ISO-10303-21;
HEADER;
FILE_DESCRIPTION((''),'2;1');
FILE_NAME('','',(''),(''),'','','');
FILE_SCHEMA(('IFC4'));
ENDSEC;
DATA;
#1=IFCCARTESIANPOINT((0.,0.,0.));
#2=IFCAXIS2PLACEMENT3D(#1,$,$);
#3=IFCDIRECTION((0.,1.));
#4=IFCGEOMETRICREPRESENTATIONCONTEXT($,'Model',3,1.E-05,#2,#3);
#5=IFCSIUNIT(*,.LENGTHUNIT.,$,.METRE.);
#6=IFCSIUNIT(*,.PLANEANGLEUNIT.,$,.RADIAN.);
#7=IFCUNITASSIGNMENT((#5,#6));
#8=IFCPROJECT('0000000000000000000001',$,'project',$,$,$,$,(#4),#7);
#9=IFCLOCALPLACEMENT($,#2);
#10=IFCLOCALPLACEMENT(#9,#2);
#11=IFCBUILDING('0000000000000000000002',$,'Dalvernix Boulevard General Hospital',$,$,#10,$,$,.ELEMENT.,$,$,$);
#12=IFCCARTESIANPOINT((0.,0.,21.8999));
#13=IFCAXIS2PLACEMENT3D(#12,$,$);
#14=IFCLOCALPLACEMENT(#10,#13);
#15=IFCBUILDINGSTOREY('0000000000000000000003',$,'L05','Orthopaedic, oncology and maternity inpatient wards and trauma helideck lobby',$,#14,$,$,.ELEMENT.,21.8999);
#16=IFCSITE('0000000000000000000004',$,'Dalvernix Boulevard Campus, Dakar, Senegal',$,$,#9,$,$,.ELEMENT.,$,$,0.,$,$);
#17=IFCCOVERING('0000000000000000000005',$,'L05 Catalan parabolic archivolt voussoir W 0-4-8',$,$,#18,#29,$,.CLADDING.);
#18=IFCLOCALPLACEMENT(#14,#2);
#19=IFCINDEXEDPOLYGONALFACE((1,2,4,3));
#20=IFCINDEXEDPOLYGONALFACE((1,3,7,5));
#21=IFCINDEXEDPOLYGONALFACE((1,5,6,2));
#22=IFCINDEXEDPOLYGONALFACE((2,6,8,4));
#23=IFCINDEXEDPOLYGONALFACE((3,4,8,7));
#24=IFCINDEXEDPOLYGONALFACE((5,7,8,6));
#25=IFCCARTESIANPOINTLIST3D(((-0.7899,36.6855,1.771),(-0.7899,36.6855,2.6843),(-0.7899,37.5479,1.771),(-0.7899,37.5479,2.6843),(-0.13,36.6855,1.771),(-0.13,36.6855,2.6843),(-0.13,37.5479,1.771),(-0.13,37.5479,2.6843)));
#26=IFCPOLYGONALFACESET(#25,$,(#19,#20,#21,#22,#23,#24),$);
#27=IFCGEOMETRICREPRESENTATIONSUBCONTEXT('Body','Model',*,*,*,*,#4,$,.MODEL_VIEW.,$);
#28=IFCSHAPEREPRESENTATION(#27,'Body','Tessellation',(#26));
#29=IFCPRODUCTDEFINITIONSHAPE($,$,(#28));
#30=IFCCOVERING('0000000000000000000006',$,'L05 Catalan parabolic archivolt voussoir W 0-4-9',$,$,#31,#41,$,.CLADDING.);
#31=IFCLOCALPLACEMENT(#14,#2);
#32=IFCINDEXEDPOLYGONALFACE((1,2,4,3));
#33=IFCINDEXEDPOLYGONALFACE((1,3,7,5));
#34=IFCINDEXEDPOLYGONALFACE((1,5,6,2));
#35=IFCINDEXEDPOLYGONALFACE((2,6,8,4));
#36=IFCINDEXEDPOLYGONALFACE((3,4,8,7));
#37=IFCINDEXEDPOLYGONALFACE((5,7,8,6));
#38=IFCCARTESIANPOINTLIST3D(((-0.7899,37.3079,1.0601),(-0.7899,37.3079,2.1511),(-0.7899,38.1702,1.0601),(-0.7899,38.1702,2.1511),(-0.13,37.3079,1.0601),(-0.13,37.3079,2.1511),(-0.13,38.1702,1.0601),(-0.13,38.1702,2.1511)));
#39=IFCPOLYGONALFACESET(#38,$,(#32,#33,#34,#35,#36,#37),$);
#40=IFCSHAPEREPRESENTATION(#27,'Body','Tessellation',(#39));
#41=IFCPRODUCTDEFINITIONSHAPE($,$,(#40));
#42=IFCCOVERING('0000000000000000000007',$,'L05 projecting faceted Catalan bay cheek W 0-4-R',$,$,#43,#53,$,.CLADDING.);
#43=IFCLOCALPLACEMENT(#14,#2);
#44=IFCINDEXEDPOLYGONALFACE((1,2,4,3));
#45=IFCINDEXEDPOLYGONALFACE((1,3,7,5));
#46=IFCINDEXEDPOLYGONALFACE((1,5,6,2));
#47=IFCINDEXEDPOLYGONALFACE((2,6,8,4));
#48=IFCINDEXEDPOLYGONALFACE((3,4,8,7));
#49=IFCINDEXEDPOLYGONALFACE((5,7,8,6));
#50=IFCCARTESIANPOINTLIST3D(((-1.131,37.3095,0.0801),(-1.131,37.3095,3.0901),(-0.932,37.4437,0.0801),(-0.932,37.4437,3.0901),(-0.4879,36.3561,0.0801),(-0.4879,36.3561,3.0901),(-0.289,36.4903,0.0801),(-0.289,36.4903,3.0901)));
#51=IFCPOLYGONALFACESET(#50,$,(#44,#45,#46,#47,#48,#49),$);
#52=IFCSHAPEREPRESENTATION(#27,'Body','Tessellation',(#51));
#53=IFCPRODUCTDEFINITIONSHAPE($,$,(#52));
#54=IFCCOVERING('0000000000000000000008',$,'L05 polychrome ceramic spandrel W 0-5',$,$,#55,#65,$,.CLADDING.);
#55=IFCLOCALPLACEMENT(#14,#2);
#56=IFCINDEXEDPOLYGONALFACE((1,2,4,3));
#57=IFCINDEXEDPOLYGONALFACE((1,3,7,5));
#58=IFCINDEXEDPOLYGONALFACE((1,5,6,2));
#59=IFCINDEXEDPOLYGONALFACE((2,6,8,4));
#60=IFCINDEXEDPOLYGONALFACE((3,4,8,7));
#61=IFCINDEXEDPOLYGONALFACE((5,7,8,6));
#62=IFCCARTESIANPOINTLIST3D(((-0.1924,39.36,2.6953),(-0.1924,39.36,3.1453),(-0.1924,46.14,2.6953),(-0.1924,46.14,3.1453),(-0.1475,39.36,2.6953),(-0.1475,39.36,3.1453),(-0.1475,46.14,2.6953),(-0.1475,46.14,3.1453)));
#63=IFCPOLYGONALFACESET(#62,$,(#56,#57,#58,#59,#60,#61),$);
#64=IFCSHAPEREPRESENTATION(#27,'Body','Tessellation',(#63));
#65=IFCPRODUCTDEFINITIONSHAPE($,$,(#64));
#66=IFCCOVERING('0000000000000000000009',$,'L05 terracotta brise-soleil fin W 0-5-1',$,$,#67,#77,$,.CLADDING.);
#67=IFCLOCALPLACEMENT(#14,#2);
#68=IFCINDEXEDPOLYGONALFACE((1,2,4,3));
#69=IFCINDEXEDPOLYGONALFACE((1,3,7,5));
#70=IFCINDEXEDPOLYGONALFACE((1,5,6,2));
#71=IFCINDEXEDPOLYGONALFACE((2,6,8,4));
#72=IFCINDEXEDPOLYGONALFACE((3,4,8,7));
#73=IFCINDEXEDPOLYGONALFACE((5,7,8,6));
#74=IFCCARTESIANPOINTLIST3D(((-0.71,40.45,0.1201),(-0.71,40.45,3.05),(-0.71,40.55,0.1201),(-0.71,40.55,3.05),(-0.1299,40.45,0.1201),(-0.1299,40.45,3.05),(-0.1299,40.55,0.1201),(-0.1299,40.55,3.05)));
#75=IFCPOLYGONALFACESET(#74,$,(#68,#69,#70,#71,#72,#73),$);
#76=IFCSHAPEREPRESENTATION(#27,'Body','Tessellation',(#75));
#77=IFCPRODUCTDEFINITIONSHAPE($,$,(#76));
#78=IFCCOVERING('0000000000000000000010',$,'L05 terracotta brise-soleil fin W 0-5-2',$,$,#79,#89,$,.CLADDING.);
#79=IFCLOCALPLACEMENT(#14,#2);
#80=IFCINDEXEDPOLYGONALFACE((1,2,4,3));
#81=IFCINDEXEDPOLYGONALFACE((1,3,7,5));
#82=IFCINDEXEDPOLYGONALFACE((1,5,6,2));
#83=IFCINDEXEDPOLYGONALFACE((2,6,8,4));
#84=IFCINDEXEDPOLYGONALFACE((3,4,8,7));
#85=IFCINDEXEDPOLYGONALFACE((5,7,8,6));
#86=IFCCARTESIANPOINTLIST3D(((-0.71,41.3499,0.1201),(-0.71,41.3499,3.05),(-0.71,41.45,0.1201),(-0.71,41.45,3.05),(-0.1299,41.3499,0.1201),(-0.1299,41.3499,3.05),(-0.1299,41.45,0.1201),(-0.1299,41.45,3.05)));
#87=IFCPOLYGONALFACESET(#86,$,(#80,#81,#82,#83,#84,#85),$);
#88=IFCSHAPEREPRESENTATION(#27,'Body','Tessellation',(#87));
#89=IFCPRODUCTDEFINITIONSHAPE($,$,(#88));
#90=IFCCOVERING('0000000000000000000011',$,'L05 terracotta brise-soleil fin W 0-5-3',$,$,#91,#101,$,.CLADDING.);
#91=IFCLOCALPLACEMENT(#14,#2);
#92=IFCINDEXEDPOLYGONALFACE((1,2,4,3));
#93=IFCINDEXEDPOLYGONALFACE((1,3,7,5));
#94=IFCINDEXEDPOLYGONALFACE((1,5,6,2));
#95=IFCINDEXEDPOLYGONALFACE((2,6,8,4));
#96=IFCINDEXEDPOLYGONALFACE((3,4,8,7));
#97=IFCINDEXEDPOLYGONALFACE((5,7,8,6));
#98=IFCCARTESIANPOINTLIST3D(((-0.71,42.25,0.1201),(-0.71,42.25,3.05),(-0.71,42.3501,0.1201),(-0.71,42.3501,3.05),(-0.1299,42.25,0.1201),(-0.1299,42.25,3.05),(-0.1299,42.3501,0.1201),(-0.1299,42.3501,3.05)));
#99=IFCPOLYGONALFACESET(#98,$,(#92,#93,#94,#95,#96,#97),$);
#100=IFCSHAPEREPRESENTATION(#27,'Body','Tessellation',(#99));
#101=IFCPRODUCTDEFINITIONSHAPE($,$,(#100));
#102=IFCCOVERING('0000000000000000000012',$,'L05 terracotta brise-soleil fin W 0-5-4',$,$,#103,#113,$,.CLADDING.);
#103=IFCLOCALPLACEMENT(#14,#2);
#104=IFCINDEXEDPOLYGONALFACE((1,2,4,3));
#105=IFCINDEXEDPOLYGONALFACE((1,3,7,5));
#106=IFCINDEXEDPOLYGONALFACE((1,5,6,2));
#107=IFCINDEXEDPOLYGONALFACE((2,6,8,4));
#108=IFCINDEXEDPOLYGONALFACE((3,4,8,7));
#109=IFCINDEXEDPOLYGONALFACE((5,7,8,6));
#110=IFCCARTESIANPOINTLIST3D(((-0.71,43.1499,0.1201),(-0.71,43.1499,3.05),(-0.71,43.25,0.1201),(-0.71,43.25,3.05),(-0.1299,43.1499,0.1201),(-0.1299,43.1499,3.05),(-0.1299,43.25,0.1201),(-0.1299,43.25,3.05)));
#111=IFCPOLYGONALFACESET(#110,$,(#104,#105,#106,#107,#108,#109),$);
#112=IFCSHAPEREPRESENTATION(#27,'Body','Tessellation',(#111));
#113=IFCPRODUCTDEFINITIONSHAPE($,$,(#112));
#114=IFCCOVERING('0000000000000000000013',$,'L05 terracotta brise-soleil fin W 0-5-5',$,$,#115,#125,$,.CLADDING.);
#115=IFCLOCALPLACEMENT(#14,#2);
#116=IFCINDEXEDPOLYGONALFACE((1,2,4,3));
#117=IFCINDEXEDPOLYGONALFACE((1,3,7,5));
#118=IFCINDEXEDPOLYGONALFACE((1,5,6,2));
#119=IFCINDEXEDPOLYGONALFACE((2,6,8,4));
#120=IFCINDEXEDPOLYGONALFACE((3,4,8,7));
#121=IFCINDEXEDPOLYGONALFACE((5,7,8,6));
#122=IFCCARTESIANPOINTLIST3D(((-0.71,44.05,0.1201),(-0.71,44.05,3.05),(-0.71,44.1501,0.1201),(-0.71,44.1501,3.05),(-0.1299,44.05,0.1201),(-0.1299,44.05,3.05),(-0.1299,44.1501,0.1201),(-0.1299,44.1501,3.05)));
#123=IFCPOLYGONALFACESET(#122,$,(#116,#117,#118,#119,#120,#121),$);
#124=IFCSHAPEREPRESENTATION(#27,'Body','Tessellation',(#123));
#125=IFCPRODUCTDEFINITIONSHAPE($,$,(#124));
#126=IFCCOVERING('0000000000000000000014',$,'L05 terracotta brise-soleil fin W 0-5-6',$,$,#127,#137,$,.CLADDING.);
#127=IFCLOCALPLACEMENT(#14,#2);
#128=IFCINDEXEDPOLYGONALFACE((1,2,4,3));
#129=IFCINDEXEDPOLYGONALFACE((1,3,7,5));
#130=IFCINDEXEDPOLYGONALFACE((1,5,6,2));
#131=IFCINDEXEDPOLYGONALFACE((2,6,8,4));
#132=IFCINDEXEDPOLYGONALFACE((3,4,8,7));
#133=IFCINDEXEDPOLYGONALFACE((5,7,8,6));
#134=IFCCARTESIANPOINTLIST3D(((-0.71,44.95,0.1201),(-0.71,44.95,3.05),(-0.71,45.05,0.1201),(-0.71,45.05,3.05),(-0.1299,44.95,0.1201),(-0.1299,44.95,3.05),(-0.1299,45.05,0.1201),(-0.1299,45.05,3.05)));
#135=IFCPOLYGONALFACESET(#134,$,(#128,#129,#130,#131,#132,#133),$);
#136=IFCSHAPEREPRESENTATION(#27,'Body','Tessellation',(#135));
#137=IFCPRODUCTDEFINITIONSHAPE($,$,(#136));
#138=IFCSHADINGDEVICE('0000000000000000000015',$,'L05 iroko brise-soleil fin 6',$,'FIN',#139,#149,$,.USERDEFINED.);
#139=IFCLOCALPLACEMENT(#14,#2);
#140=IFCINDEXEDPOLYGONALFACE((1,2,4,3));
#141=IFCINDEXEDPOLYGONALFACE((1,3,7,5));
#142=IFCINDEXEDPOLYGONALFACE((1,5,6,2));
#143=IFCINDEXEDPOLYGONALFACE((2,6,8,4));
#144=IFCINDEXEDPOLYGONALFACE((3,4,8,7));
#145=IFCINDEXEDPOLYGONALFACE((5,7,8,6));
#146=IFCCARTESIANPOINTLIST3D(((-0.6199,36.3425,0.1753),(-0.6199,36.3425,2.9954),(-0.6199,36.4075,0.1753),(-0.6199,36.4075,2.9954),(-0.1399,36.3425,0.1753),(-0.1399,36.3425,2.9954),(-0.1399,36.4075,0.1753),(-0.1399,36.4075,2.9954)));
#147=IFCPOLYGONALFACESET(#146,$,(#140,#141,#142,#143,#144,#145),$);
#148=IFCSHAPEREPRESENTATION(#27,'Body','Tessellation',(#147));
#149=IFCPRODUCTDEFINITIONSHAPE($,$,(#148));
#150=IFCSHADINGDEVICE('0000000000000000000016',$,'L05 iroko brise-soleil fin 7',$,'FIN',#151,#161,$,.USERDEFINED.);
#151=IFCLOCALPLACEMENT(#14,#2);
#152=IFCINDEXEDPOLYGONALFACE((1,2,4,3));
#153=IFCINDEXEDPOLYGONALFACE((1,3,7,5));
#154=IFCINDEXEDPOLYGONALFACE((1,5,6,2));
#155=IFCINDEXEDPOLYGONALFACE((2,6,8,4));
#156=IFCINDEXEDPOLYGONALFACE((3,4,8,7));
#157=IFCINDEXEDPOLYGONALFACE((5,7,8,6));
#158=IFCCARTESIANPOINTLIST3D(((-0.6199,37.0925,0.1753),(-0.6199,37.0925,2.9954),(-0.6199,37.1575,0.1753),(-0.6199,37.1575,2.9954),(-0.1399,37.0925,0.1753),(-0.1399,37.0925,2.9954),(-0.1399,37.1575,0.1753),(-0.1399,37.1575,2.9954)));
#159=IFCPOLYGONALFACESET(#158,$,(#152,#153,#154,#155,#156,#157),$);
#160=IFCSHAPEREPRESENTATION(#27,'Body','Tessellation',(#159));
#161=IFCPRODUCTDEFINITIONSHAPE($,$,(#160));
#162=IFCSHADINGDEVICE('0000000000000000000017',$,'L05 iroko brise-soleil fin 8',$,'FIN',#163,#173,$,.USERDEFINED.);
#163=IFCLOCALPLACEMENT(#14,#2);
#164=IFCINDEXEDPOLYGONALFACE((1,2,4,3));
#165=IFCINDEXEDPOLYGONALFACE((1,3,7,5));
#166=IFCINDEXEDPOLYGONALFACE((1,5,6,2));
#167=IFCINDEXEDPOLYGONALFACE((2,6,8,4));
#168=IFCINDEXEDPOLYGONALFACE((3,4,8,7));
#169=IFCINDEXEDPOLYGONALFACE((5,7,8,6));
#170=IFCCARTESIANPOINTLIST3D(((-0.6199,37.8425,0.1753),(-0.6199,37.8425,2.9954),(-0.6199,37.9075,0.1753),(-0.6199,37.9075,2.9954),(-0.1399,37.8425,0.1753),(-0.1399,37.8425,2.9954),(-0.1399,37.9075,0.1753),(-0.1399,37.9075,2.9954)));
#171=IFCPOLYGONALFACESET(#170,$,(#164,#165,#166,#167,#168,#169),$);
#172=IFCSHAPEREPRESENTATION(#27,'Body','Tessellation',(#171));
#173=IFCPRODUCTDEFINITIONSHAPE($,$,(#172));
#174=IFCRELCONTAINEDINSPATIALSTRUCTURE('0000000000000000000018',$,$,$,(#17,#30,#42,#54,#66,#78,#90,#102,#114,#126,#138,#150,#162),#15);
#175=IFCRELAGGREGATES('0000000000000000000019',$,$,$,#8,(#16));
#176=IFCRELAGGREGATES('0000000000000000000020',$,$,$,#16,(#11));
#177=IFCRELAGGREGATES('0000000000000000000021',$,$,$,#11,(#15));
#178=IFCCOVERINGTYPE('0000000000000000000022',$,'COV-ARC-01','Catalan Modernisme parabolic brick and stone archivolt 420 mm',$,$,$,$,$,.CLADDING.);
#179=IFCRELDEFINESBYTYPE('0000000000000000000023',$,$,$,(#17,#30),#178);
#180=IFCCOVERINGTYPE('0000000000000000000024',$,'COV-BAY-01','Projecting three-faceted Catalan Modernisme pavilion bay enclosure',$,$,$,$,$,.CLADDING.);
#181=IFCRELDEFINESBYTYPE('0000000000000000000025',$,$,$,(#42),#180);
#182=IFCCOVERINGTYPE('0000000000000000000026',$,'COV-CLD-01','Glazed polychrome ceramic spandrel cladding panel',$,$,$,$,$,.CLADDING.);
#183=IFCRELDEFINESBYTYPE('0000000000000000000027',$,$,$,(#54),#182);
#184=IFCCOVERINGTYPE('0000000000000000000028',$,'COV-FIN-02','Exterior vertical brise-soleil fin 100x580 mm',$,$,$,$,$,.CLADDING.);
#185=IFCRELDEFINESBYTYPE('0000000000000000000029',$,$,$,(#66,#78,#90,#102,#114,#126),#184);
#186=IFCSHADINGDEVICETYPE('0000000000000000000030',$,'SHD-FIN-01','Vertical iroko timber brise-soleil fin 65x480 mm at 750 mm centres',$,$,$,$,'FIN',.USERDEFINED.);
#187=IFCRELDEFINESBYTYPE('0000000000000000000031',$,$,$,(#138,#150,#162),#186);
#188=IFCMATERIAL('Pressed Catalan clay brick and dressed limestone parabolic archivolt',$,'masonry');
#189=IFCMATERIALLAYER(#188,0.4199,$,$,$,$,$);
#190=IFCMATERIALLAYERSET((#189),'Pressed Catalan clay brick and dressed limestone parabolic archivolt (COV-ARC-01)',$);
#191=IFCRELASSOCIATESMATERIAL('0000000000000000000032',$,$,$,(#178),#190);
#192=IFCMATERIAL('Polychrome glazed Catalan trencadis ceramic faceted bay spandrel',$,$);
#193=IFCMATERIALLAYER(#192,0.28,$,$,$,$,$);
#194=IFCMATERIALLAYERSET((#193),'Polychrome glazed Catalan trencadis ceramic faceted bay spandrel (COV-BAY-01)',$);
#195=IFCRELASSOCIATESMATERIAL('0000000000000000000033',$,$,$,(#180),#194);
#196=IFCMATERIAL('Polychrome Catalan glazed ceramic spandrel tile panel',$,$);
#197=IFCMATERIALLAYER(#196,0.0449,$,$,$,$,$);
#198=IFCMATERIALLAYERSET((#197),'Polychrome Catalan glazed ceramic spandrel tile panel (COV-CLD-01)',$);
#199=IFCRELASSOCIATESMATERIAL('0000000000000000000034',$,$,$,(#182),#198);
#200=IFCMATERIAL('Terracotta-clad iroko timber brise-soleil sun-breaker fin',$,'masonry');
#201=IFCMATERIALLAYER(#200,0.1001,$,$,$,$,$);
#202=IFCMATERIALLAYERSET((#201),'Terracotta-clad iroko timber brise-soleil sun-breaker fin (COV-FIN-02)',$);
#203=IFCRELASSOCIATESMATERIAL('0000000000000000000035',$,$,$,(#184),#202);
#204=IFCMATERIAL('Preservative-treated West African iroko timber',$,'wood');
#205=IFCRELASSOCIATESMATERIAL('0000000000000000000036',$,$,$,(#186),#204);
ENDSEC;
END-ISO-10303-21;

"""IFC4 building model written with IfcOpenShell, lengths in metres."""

from ifc_helpers import new_model, si_unit, direction, frame, origin, origin_2d, place, context, subcontext, project, spatial, rectangle, extrude, material, layer, layer_set, type_object, element, save


model = new_model("IFC4")

# Units and contexts
model_context = context("Model", 3, precision=1e-05, world=origin(), true_north=direction((0.0, 1.0)))
body_context = subcontext(model_context, "Body", "Model", "MODEL_VIEW")
ifc_project = project(units=[si_unit("LENGTHUNIT", "METRE"), si_unit("PLANEANGLEUNIT", "RADIAN")], contexts=[model_context])

# Site, building, storey
site_placement = place(None, origin())
site = spatial("IfcSite", under=ifc_project, at=site_placement, Name="Dalvernix Boulevard Campus, Dakar, Senegal", CompositionType="ELEMENT", RefElevation=0.0)
building_placement = place(site_placement, origin())
building = spatial("IfcBuilding", under=site, at=building_placement, Name="Dalvernix Boulevard General Hospital", CompositionType="ELEMENT")
storey_placement = place(building_placement, frame((0.0, 0.0, 21.8999)))
storey = spatial("IfcBuildingStorey", under=building, at=storey_placement, Name="L05", Description="Orthopaedic, oncology and maternity inpatient wards and trauma helideck lobby", CompositionType="ELEMENT", Elevation=21.8999)

# Coverings
ifc_material_1 = material(Name="Pressed Catalan clay brick and dressed limestone parabolic archivolt", Category="masonry")
ifc_layer_1 = layer(ifc_material_1, 0.4199)
ifc_layer_set_1 = layer_set([ifc_layer_1], Name="Pressed Catalan clay brick and dressed limestone parabolic archivolt (COV-ARC-01)")
covering_type_1 = type_object("IfcCoveringType", Name="COV-ARC-01", Description="Catalan Modernisme parabolic brick and stone archivolt 420 mm", PredefinedType="CLADDING", material=ifc_layer_set_1)
covering_1_placement = place(storey_placement, frame((-0.46, 37.1167, 1.771), z_axis=(0.0, 0.0, 1.0), x_axis=(0.0, 1.0, 0.0)))
element("IfcCovering", 1, at=covering_1_placement, inside=storey, type_object=covering_type_1, Name="L05 Catalan parabolic archivolt voussoir W 0-4-8", PredefinedType="CLADDING", context=body_context, shape_type="SweptSolid", body=[
    extrude(rectangle(XDim=0.8623, YDim=0.6599, at=origin_2d()), origin(), (0.0, 0.0, 1.0), 0.9133),
])
covering_2_placement = place(storey_placement, frame((-0.46, 37.739, 1.0601), z_axis=(0.0, 0.0, 1.0), x_axis=(0.0, 1.0, 0.0)))
element("IfcCovering", 2, at=covering_2_placement, inside=storey, type_object=covering_type_1, Name="L05 Catalan parabolic archivolt voussoir W 0-4-9", PredefinedType="CLADDING", context=body_context, shape_type="SweptSolid", body=[
    extrude(rectangle(XDim=0.8623, YDim=0.6599, at=origin_2d()), origin(), (0.0, 0.0, 1.0), 1.0911),
])
ifc_material_2 = material(Name="Polychrome glazed Catalan trencadis ceramic faceted bay spandrel")
ifc_layer_2 = layer(ifc_material_2, 0.28)
ifc_layer_set_2 = layer_set([ifc_layer_2], Name="Polychrome glazed Catalan trencadis ceramic faceted bay spandrel (COV-BAY-01)")
covering_type_2 = type_object("IfcCoveringType", Name="COV-BAY-01", Description="Projecting three-faceted Catalan Modernisme pavilion bay enclosure", PredefinedType="CLADDING", material=ifc_layer_set_2)
covering_3_placement = place(storey_placement, frame((-0.71, 36.8999, 0.0801), z_axis=(0.0, 0.0, 1.0), x_axis=(-0.559193, 0.829038, 0.0)))
element("IfcCovering", 3, at=covering_3_placement, inside=storey, type_object=covering_type_2, Name="L05 projecting faceted Catalan bay cheek W 0-4-R", PredefinedType="CLADDING", context=body_context, shape_type="SweptSolid", body=[
    extrude(rectangle(XDim=1.1499, YDim=0.24, at=origin_2d()), origin(), (0.0, 0.0, 1.0), 3.01),
])
ifc_material_3 = material(Name="Polychrome Catalan glazed ceramic spandrel tile panel")
ifc_layer_3 = layer(ifc_material_3, 0.0449)
ifc_layer_set_3 = layer_set([ifc_layer_3], Name="Polychrome Catalan glazed ceramic spandrel tile panel (COV-CLD-01)")
covering_type_3 = type_object("IfcCoveringType", Name="COV-CLD-01", Description="Glazed polychrome ceramic spandrel cladding panel", PredefinedType="CLADDING", material=ifc_layer_set_3)
covering_4_placement = place(storey_placement, frame((-0.1699, 42.75, 2.6953), z_axis=(0.0, 0.0, 1.0), x_axis=(0.0, 1.0, 0.0)))
element("IfcCovering", 4, at=covering_4_placement, inside=storey, type_object=covering_type_3, Name="L05 polychrome ceramic spandrel W 0-5", PredefinedType="CLADDING", context=body_context, shape_type="SweptSolid", body=[
    extrude(rectangle(XDim=6.78, YDim=0.0449, at=origin_2d()), origin(), (0.0, 0.0, 1.0), 0.45),
])
ifc_material_4 = material(Name="Terracotta-clad iroko timber brise-soleil sun-breaker fin", Category="masonry")
ifc_layer_4 = layer(ifc_material_4, 0.1001)
ifc_layer_set_4 = layer_set([ifc_layer_4], Name="Terracotta-clad iroko timber brise-soleil sun-breaker fin (COV-FIN-02)")
covering_type_4 = type_object("IfcCoveringType", Name="COV-FIN-02", Description="Exterior vertical brise-soleil fin 100x580 mm", PredefinedType="CLADDING", material=ifc_layer_set_4)
for number, where, z_axis, x_axis, name in (
    (5, (-0.4199, 40.5, 0.1201), (0.0, 0.0, 1.0), (0.0, 1.0, 0.0), "L05 terracotta brise-soleil fin W 0-5-1"),
    (6, (-0.4199, 41.3999, 0.1201), (0.0, 0.0, 1.0), (0.0, 1.0, 0.0), "L05 terracotta brise-soleil fin W 0-5-2"),
    (7, (-0.4199, 42.3, 0.1201), (0.0, 0.0, 1.0), (0.0, 1.0, 0.0), "L05 terracotta brise-soleil fin W 0-5-3"),
    (8, (-0.4199, 43.2, 0.1201), (0.0, 0.0, 1.0), (0.0, 1.0, 0.0), "L05 terracotta brise-soleil fin W 0-5-4"),
    (9, (-0.4199, 44.1001, 0.1201), (0.0, 0.0, 1.0), (0.0, 1.0, 0.0), "L05 terracotta brise-soleil fin W 0-5-5"),
    (10, (-0.4199, 45.0, 0.1201), (0.0, 0.0, 1.0), (0.0, 1.0, 0.0), "L05 terracotta brise-soleil fin W 0-5-6"),
):
    element("IfcCovering", number, at=place(storey_placement, frame(where, z_axis=z_axis, x_axis=x_axis)), inside=storey, type_object=covering_type_4, Name=name, PredefinedType="CLADDING", context=body_context, shape_type="SweptSolid", body=[
        extrude(rectangle(XDim=0.1001, YDim=0.5801, at=origin_2d()), origin(), (0.0, 0.0, 1.0), 2.9299),
    ])

# Shading devices
ifc_material_5 = material(Name="Preservative-treated West African iroko timber", Category="wood")
shading_device_type = type_object("IfcShadingDeviceType", Name="SHD-FIN-01", Description="Vertical iroko timber brise-soleil fin 65x480 mm at 750 mm centres", ElementType="FIN", PredefinedType="USERDEFINED", material=ifc_material_5)
for number, where, z_axis, x_axis, name in (
    (11, (-0.3799, 36.375, 0.1753), (0.0, 0.0, 1.0), (0.0, 1.0, 0.0), "L05 iroko brise-soleil fin 6"),
    (12, (-0.3799, 37.125, 0.1753), (0.0, 0.0, 1.0), (0.0, 1.0, 0.0), "L05 iroko brise-soleil fin 7"),
    (13, (-0.3799, 37.875, 0.1753), (0.0, 0.0, 1.0), (0.0, 1.0, 0.0), "L05 iroko brise-soleil fin 8"),
):
    element("IfcShadingDevice", number, at=place(storey_placement, frame(where, z_axis=z_axis, x_axis=x_axis)), inside=storey, type_object=shading_device_type, Name=name, ObjectType="FIN", PredefinedType="USERDEFINED", context=body_context, shape_type="SweptSolid", body=[
        extrude(rectangle(XDim=0.0649, YDim=0.48, at=origin_2d()), origin(), (0.0, 0.0, 1.0), 2.8201),
    ])

save(model, "model.ifc")
